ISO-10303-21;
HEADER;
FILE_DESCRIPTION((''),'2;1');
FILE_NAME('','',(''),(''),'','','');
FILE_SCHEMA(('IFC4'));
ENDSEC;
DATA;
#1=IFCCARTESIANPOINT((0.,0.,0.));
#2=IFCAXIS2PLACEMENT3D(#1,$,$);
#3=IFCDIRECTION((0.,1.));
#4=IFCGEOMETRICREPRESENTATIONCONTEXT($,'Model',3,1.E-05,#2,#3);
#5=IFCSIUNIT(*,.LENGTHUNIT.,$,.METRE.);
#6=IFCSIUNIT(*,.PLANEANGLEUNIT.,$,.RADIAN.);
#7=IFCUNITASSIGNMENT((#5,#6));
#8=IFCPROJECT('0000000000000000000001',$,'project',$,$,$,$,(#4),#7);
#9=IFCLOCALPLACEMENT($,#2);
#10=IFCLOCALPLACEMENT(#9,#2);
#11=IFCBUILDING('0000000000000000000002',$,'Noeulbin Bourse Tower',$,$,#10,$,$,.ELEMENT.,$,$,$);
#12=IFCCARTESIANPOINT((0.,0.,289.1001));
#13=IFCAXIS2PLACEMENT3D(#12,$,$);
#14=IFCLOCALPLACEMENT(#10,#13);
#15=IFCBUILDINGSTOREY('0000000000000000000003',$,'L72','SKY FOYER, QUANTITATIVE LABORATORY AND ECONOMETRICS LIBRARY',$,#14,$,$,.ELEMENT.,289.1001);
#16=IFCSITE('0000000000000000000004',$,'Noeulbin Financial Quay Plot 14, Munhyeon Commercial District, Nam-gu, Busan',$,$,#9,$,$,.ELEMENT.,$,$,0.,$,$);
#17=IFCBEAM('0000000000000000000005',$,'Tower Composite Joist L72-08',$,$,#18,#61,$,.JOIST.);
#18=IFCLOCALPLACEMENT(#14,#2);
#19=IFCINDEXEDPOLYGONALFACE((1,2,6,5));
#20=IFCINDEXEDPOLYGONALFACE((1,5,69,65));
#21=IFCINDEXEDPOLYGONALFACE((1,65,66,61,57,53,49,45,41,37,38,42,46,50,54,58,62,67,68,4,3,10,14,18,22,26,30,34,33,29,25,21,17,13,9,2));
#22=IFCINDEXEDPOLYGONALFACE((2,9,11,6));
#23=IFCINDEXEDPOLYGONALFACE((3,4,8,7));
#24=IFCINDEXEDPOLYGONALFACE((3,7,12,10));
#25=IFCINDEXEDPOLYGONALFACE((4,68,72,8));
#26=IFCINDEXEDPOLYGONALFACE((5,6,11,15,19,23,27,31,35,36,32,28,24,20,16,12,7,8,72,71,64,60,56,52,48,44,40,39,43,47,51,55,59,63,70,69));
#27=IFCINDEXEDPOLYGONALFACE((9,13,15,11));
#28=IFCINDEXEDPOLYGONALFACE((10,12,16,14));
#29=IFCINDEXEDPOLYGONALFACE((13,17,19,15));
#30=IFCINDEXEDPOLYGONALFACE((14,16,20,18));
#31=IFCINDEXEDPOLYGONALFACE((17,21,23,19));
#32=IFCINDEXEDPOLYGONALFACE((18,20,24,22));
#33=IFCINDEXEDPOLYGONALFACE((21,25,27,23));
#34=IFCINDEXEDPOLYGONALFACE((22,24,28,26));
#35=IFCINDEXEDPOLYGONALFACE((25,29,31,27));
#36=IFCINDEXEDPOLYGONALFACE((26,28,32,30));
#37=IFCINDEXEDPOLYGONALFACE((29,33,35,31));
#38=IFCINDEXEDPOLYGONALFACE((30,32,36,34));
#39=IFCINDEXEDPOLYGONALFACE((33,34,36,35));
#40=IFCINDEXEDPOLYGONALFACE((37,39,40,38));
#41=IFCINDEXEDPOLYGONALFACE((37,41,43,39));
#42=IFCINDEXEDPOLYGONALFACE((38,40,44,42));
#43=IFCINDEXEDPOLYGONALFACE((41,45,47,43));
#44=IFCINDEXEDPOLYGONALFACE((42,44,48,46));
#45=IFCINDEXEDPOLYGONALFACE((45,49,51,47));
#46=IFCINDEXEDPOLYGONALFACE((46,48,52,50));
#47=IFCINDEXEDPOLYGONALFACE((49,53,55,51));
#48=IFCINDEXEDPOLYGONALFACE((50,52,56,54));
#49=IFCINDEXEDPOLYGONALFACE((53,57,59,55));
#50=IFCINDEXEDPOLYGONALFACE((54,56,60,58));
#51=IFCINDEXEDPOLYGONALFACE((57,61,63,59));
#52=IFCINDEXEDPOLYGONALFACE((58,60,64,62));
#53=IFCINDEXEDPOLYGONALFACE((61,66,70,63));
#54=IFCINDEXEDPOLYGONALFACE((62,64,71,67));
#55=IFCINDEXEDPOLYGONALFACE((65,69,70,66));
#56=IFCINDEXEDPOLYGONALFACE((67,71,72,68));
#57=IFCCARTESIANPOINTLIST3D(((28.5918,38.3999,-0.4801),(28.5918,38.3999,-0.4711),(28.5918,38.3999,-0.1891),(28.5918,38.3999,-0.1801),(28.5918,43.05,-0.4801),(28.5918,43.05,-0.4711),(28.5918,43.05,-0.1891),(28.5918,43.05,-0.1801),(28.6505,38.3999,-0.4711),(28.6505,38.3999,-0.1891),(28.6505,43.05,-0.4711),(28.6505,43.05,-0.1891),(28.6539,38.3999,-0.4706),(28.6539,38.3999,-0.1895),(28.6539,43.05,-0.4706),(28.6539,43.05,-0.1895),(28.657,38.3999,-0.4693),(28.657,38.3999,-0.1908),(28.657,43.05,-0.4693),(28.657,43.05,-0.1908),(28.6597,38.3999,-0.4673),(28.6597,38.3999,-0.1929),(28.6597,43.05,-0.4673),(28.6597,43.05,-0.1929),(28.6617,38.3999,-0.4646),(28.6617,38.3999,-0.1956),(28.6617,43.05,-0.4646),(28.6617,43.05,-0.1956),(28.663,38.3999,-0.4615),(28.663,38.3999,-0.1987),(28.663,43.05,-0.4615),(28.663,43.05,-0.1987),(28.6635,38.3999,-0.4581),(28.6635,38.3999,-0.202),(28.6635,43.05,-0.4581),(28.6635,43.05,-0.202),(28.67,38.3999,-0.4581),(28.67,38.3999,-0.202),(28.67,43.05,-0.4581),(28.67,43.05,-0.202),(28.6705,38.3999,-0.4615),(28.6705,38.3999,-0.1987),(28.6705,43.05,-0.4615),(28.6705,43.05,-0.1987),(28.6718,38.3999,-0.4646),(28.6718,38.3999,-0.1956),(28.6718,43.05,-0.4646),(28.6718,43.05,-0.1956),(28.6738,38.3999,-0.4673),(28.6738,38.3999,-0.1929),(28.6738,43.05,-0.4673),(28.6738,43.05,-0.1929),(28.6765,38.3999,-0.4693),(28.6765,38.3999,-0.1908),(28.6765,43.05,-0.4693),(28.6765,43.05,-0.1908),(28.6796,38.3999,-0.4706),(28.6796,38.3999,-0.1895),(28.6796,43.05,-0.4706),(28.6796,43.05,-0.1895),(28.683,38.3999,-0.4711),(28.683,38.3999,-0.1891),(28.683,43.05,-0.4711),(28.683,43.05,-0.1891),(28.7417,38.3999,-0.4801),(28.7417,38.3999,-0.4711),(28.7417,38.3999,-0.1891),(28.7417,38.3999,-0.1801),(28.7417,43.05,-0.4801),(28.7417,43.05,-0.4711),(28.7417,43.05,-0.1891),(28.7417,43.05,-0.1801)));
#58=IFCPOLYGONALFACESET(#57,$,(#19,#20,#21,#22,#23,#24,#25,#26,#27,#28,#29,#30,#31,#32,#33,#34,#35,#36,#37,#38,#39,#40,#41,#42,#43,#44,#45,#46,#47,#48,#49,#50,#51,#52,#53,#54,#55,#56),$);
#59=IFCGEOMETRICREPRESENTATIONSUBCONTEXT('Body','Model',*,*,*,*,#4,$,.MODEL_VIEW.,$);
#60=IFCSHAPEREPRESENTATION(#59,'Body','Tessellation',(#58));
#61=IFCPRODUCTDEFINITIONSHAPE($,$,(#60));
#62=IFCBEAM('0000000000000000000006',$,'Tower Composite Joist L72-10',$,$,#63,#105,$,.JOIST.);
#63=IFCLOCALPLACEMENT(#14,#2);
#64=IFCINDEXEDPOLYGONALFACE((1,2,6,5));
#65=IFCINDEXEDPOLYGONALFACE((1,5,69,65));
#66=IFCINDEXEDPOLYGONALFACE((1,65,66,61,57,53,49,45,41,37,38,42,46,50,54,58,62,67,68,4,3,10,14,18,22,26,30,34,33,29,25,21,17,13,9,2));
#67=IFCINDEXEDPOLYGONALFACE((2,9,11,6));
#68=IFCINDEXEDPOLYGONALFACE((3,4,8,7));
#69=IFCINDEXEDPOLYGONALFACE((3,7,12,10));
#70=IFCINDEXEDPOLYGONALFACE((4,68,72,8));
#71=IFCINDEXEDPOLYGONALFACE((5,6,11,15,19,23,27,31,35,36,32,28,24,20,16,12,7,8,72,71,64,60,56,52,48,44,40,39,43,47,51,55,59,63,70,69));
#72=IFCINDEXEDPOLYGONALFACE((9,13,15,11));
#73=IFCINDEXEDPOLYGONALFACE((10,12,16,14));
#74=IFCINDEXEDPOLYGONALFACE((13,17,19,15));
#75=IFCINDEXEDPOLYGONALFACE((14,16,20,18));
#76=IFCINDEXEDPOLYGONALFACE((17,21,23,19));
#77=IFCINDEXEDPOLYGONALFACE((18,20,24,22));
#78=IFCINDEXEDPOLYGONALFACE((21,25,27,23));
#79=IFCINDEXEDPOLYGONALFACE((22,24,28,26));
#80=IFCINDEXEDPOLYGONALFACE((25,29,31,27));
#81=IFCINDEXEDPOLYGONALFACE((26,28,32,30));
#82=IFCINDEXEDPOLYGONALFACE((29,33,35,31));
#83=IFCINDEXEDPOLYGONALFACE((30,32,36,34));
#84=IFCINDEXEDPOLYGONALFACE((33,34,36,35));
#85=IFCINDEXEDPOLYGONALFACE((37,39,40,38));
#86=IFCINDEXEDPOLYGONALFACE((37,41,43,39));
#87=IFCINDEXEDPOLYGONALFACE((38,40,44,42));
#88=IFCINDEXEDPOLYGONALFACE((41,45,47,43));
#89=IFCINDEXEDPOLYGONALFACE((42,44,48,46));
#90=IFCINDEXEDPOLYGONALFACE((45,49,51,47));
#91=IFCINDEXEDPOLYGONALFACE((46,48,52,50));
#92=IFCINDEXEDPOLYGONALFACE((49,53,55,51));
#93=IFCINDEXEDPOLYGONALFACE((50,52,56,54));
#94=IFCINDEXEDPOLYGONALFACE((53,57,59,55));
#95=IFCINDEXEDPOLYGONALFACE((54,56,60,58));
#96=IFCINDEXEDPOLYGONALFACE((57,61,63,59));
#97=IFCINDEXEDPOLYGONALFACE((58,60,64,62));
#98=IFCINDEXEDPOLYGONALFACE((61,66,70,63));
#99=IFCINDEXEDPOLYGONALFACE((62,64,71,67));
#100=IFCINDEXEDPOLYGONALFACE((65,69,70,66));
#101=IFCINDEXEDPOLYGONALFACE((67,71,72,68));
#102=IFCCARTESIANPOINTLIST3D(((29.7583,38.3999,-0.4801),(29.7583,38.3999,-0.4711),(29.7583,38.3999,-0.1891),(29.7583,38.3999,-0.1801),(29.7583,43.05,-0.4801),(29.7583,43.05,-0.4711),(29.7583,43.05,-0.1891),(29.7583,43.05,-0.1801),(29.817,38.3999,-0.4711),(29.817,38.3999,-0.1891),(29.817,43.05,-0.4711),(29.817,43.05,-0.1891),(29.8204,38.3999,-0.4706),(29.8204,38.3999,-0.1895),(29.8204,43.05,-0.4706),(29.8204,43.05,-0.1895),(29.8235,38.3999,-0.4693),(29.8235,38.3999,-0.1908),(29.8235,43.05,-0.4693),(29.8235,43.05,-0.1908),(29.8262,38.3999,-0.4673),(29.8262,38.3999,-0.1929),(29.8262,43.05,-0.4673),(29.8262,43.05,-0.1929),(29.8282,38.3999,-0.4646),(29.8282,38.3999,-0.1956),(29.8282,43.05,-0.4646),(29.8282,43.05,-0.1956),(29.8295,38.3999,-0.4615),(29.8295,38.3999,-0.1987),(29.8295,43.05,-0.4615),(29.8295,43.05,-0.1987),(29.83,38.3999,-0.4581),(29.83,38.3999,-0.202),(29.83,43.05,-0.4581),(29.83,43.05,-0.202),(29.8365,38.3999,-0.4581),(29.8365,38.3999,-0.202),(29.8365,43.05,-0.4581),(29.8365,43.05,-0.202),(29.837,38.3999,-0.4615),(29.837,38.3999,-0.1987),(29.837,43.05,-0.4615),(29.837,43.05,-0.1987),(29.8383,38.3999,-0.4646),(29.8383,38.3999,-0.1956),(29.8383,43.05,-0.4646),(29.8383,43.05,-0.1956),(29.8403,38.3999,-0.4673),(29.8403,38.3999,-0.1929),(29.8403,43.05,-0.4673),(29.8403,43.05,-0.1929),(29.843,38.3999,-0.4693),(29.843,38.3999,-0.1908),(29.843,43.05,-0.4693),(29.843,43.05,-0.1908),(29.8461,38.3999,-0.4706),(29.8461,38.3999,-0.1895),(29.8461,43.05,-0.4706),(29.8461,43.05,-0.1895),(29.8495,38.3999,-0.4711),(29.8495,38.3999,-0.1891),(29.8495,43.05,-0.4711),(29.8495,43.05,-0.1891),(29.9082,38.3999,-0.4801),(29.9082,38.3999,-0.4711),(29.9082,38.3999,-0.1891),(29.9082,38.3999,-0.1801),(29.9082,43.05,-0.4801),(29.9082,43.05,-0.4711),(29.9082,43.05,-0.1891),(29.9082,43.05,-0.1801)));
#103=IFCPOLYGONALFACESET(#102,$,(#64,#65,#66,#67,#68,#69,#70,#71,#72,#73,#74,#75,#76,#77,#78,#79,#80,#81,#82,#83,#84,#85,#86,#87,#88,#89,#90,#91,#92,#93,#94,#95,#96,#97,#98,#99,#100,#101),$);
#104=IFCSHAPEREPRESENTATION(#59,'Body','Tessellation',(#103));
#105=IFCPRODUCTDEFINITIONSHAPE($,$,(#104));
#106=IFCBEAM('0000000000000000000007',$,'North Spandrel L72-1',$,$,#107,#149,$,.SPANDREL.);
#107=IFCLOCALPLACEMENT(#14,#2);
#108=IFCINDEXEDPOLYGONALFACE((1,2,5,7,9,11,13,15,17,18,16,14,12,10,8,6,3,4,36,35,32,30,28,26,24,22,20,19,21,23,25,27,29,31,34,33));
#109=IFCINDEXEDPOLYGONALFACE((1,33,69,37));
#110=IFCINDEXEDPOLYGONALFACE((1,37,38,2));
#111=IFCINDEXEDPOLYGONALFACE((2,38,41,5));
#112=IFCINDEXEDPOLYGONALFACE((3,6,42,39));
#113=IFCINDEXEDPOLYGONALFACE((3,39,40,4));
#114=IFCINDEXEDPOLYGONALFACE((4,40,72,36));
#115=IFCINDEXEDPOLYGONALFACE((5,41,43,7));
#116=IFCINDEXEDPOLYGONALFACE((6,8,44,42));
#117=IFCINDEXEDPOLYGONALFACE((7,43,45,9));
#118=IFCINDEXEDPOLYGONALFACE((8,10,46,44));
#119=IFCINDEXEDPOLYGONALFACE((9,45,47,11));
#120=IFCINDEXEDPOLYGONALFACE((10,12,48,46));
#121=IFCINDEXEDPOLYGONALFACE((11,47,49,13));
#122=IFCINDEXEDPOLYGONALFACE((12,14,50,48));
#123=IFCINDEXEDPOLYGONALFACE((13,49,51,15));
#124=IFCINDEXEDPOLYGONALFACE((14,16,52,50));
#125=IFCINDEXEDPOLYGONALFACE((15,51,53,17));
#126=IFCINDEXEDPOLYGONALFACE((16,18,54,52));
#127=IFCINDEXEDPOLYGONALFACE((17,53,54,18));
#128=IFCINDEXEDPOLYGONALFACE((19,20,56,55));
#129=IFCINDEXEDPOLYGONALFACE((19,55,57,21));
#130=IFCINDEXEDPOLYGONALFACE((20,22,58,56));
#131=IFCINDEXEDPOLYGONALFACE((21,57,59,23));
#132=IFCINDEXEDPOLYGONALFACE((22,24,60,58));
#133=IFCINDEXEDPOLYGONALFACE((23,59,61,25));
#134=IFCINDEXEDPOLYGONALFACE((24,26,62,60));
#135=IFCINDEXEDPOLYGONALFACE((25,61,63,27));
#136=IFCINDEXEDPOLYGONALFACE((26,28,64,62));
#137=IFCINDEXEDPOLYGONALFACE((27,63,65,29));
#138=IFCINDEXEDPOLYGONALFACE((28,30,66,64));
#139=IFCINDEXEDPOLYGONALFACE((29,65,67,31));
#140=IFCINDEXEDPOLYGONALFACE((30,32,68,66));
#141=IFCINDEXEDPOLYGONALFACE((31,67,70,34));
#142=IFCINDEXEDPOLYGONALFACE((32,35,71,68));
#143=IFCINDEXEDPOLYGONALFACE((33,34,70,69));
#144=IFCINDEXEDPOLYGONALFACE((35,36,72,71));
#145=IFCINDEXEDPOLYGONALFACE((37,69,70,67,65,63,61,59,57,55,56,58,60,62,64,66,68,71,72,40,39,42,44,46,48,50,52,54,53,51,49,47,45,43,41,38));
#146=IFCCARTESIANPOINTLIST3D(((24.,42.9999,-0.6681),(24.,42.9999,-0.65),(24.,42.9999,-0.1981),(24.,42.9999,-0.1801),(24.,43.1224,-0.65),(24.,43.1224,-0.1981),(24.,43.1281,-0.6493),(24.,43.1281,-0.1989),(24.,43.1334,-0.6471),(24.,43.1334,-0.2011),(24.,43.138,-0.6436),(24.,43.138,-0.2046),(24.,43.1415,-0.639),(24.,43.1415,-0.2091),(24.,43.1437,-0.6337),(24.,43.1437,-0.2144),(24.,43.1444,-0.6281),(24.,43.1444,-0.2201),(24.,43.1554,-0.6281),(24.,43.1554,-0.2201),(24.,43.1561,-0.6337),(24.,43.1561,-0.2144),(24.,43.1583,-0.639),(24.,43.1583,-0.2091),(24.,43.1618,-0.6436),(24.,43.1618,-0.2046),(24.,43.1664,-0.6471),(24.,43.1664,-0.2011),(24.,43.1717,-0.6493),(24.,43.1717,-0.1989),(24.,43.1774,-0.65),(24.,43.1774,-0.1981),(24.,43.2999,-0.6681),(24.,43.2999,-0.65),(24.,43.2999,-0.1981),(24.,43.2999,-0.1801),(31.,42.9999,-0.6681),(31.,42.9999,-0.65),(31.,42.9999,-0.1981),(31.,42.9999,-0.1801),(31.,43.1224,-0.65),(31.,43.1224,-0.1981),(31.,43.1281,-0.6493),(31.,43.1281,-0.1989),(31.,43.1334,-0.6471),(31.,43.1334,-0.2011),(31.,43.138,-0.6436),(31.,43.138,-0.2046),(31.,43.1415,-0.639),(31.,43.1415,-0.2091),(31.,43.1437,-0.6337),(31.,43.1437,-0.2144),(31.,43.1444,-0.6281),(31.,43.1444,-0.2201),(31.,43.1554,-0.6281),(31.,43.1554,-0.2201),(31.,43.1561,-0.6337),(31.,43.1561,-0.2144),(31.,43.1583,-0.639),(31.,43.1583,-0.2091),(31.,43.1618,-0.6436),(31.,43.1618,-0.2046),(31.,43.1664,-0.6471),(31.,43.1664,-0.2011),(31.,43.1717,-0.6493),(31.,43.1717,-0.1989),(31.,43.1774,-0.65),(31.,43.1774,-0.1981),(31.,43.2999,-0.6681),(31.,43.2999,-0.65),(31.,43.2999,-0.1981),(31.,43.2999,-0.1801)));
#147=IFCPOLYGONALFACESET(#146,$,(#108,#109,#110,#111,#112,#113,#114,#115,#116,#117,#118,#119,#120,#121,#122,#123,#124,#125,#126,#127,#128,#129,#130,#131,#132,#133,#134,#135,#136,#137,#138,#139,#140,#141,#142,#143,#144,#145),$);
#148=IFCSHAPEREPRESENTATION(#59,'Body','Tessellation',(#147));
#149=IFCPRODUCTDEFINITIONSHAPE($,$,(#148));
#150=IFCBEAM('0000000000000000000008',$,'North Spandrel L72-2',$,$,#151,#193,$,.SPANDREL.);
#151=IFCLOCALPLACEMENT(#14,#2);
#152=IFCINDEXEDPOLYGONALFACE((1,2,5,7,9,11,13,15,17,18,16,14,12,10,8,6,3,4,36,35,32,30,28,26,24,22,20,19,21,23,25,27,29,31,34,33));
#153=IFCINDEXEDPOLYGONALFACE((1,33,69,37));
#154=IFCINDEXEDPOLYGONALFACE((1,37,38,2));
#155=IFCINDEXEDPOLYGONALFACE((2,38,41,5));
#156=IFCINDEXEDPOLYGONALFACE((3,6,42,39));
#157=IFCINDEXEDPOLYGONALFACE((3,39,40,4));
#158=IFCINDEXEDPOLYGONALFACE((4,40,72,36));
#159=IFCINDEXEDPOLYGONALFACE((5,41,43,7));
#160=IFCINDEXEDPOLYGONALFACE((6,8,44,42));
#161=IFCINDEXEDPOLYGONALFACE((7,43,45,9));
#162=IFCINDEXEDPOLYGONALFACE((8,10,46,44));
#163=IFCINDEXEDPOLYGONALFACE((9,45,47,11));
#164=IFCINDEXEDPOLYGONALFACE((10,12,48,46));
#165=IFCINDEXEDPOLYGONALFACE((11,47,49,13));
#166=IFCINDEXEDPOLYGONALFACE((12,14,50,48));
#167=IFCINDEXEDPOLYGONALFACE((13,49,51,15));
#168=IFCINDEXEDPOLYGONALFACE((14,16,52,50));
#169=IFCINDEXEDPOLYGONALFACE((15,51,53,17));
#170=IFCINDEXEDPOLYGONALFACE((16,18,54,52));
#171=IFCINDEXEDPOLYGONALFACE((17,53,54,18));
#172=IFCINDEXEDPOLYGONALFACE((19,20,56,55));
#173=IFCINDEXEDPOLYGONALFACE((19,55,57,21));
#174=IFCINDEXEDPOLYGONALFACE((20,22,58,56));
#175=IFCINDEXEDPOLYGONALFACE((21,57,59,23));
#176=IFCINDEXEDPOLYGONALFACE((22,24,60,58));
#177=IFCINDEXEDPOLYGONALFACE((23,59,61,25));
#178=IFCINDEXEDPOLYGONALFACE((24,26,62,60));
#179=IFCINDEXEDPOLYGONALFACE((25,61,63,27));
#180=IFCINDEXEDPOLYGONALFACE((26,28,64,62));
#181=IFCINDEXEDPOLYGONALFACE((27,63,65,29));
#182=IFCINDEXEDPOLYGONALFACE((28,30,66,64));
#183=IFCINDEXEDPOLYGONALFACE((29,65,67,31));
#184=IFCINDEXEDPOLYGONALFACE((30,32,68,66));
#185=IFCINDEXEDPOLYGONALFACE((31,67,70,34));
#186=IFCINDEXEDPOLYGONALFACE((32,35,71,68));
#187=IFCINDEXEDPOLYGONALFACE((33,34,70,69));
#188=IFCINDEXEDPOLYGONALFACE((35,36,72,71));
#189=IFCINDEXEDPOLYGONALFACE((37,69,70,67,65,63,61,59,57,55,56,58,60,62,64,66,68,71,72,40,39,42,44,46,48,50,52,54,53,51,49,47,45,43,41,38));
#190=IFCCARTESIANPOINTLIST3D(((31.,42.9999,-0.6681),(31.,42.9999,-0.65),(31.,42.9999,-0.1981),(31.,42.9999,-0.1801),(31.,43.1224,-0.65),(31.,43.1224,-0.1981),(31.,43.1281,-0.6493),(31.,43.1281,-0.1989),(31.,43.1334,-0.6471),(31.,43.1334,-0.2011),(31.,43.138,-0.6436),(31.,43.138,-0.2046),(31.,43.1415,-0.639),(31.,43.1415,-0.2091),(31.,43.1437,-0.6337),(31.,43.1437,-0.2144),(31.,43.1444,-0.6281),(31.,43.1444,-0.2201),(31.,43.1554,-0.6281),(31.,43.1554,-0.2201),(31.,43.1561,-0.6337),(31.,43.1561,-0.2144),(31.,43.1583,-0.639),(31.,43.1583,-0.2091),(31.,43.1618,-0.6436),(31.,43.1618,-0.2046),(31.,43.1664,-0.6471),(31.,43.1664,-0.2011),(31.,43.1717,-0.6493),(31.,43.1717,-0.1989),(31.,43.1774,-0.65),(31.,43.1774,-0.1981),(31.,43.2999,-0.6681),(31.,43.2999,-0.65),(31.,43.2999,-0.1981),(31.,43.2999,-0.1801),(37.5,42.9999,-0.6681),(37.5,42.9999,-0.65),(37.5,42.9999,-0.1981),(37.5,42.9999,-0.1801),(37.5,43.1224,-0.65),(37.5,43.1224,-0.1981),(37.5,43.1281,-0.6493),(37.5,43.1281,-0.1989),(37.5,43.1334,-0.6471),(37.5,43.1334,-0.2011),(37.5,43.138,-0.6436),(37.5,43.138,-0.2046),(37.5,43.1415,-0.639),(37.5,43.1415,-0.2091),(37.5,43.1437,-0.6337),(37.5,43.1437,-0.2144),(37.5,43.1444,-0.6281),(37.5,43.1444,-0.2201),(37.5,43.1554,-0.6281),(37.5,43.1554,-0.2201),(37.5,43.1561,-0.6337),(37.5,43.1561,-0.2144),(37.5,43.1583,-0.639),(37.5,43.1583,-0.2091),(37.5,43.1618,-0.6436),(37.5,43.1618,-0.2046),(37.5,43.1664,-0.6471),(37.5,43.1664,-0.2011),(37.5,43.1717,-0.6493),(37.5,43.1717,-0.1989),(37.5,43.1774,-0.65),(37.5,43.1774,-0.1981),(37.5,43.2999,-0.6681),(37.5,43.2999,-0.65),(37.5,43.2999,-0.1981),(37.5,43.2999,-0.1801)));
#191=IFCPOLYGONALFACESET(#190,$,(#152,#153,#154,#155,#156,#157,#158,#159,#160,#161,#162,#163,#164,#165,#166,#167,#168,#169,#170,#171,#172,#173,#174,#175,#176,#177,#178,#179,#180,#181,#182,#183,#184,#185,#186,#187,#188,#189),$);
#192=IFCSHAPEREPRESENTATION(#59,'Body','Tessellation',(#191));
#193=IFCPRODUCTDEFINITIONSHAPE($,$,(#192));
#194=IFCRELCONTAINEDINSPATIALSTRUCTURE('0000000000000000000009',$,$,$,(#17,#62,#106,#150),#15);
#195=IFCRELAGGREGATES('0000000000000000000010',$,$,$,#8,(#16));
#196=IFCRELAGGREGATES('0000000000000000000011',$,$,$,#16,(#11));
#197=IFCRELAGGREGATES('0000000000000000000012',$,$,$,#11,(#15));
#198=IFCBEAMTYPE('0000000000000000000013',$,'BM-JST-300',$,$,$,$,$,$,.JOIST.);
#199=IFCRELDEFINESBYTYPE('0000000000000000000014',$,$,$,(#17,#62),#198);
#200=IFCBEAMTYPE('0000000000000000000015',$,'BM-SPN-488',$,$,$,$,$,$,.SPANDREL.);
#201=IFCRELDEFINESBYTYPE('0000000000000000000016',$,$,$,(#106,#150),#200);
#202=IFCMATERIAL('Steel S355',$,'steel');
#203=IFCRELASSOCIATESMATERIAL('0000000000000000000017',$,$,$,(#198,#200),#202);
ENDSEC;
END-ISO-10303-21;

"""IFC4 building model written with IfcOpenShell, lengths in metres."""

from ifc_helpers import new_model, si_unit, direction, frame, origin, origin_2d, place, context, subcontext, project, spatial, i_section, extrude, material, material_profile, profile_set, type_object, element, save


model = new_model("IFC4")

# Units and contexts
model_context = context("Model", 3, precision=1e-05, world=origin(), true_north=direction((0.0, 1.0)))
body_context = subcontext(model_context, "Body", "Model", "MODEL_VIEW")
ifc_project = project(units=[si_unit("LENGTHUNIT", "METRE"), si_unit("PLANEANGLEUNIT", "RADIAN")], contexts=[model_context])

# Site, building, storey
site_placement = place(None, origin())
site = spatial("IfcSite", under=ifc_project, at=site_placement, Name="Noeulbin Financial Quay Plot 14, Munhyeon Commercial District, Nam-gu, Busan", CompositionType="ELEMENT", RefElevation=0.0)
building_placement = place(site_placement, origin())
building = spatial("IfcBuilding", under=site, at=building_placement, Name="Noeulbin Bourse Tower", CompositionType="ELEMENT")
storey_placement = place(building_placement, frame((0.0, 0.0, 289.1001)))
storey = spatial("IfcBuildingStorey", under=building, at=storey_placement, Name="L72", Description="SKY FOYER, QUANTITATIVE LABORATORY AND ECONOMETRICS LIBRARY", CompositionType="ELEMENT", Elevation=289.1001)

# Shared definitions
ifc_material_1 = material(Name="Steel S355", Category="steel")

# Beams
ifc_material_profile_1 = material_profile(ifc_material_1, i_section(OverallWidth=0.1499, OverallDepth=0.3, WebThickness=0.0066, FlangeThickness=0.009, FilletRadius=0.0129, at=origin_2d()), Name="H-300x150x6.5x9", Category="LoadBearing")
ifc_profile_set_1 = profile_set([ifc_material_profile_1], Name="Steel S355")
beam_type_1 = type_object("IfcBeamType", Name="BM-JST-300", PredefinedType="JOIST", material=ifc_profile_set_1)
for number, where, z_axis, x_axis, name in (
    (1, (28.6667, 38.3999, -0.3301), (0.0, 1.0, 0.0), (-1.0, 0.0, 0.0), "Tower Composite Joist L72-08"),
    (2, (29.8333, 38.3999, -0.3301), (0.0, 1.0, 0.0), (-1.0, 0.0, 0.0), "Tower Composite Joist L72-10"),
):
    element("IfcBeam", number, at=place(storey_placement, frame(where, z_axis=z_axis, x_axis=x_axis)), inside=storey, type_object=beam_type_1, Name=name, PredefinedType="JOIST", context=body_context, shape_type="SweptSolid", body=[
        extrude(i_section(OverallWidth=0.1499, OverallDepth=0.3, WebThickness=0.0066, FlangeThickness=0.009, FilletRadius=0.0129, at=origin_2d()), origin(), (0.0, 0.0, 1.0), 4.6501),
    ])
ifc_material_profile_2 = material_profile(ifc_material_1, i_section(OverallWidth=0.3, OverallDepth=0.488, WebThickness=0.011, FlangeThickness=0.0181, FilletRadius=0.022, at=origin_2d()), Name="H-488x300x11x18", Category="LoadBearing")
ifc_profile_set_2 = profile_set([ifc_material_profile_2], Name="Steel S355")
beam_type_2 = type_object("IfcBeamType", Name="BM-SPN-488", PredefinedType="SPANDREL", material=ifc_profile_set_2)
beam_1_placement = place(storey_placement, frame((24.0, 43.1499, -0.4241), z_axis=(1.0, 0.0, 0.0), x_axis=(0.0, 1.0, 0.0)))
element("IfcBeam", 3, at=beam_1_placement, inside=storey, type_object=beam_type_2, Name="North Spandrel L72-1", PredefinedType="SPANDREL", context=body_context, shape_type="SweptSolid", body=[
    extrude(i_section(OverallWidth=0.3, OverallDepth=0.488, WebThickness=0.011, FlangeThickness=0.0181, FilletRadius=0.022, at=origin_2d()), origin(), (0.0, 0.0, 1.0), 7.0),
])
beam_2_placement = place(storey_placement, frame((31.0, 43.1499, -0.4241), z_axis=(1.0, 0.0, 0.0), x_axis=(0.0, 1.0, 0.0)))
element("IfcBeam", 4, at=beam_2_placement, inside=storey, type_object=beam_type_2, Name="North Spandrel L72-2", PredefinedType="SPANDREL", context=body_context, shape_type="SweptSolid", body=[
    extrude(i_section(OverallWidth=0.3, OverallDepth=0.488, WebThickness=0.011, FlangeThickness=0.0181, FilletRadius=0.022, at=origin_2d()), origin(), (0.0, 0.0, 1.0), 6.5),
])

save(model, "model.ifc")
